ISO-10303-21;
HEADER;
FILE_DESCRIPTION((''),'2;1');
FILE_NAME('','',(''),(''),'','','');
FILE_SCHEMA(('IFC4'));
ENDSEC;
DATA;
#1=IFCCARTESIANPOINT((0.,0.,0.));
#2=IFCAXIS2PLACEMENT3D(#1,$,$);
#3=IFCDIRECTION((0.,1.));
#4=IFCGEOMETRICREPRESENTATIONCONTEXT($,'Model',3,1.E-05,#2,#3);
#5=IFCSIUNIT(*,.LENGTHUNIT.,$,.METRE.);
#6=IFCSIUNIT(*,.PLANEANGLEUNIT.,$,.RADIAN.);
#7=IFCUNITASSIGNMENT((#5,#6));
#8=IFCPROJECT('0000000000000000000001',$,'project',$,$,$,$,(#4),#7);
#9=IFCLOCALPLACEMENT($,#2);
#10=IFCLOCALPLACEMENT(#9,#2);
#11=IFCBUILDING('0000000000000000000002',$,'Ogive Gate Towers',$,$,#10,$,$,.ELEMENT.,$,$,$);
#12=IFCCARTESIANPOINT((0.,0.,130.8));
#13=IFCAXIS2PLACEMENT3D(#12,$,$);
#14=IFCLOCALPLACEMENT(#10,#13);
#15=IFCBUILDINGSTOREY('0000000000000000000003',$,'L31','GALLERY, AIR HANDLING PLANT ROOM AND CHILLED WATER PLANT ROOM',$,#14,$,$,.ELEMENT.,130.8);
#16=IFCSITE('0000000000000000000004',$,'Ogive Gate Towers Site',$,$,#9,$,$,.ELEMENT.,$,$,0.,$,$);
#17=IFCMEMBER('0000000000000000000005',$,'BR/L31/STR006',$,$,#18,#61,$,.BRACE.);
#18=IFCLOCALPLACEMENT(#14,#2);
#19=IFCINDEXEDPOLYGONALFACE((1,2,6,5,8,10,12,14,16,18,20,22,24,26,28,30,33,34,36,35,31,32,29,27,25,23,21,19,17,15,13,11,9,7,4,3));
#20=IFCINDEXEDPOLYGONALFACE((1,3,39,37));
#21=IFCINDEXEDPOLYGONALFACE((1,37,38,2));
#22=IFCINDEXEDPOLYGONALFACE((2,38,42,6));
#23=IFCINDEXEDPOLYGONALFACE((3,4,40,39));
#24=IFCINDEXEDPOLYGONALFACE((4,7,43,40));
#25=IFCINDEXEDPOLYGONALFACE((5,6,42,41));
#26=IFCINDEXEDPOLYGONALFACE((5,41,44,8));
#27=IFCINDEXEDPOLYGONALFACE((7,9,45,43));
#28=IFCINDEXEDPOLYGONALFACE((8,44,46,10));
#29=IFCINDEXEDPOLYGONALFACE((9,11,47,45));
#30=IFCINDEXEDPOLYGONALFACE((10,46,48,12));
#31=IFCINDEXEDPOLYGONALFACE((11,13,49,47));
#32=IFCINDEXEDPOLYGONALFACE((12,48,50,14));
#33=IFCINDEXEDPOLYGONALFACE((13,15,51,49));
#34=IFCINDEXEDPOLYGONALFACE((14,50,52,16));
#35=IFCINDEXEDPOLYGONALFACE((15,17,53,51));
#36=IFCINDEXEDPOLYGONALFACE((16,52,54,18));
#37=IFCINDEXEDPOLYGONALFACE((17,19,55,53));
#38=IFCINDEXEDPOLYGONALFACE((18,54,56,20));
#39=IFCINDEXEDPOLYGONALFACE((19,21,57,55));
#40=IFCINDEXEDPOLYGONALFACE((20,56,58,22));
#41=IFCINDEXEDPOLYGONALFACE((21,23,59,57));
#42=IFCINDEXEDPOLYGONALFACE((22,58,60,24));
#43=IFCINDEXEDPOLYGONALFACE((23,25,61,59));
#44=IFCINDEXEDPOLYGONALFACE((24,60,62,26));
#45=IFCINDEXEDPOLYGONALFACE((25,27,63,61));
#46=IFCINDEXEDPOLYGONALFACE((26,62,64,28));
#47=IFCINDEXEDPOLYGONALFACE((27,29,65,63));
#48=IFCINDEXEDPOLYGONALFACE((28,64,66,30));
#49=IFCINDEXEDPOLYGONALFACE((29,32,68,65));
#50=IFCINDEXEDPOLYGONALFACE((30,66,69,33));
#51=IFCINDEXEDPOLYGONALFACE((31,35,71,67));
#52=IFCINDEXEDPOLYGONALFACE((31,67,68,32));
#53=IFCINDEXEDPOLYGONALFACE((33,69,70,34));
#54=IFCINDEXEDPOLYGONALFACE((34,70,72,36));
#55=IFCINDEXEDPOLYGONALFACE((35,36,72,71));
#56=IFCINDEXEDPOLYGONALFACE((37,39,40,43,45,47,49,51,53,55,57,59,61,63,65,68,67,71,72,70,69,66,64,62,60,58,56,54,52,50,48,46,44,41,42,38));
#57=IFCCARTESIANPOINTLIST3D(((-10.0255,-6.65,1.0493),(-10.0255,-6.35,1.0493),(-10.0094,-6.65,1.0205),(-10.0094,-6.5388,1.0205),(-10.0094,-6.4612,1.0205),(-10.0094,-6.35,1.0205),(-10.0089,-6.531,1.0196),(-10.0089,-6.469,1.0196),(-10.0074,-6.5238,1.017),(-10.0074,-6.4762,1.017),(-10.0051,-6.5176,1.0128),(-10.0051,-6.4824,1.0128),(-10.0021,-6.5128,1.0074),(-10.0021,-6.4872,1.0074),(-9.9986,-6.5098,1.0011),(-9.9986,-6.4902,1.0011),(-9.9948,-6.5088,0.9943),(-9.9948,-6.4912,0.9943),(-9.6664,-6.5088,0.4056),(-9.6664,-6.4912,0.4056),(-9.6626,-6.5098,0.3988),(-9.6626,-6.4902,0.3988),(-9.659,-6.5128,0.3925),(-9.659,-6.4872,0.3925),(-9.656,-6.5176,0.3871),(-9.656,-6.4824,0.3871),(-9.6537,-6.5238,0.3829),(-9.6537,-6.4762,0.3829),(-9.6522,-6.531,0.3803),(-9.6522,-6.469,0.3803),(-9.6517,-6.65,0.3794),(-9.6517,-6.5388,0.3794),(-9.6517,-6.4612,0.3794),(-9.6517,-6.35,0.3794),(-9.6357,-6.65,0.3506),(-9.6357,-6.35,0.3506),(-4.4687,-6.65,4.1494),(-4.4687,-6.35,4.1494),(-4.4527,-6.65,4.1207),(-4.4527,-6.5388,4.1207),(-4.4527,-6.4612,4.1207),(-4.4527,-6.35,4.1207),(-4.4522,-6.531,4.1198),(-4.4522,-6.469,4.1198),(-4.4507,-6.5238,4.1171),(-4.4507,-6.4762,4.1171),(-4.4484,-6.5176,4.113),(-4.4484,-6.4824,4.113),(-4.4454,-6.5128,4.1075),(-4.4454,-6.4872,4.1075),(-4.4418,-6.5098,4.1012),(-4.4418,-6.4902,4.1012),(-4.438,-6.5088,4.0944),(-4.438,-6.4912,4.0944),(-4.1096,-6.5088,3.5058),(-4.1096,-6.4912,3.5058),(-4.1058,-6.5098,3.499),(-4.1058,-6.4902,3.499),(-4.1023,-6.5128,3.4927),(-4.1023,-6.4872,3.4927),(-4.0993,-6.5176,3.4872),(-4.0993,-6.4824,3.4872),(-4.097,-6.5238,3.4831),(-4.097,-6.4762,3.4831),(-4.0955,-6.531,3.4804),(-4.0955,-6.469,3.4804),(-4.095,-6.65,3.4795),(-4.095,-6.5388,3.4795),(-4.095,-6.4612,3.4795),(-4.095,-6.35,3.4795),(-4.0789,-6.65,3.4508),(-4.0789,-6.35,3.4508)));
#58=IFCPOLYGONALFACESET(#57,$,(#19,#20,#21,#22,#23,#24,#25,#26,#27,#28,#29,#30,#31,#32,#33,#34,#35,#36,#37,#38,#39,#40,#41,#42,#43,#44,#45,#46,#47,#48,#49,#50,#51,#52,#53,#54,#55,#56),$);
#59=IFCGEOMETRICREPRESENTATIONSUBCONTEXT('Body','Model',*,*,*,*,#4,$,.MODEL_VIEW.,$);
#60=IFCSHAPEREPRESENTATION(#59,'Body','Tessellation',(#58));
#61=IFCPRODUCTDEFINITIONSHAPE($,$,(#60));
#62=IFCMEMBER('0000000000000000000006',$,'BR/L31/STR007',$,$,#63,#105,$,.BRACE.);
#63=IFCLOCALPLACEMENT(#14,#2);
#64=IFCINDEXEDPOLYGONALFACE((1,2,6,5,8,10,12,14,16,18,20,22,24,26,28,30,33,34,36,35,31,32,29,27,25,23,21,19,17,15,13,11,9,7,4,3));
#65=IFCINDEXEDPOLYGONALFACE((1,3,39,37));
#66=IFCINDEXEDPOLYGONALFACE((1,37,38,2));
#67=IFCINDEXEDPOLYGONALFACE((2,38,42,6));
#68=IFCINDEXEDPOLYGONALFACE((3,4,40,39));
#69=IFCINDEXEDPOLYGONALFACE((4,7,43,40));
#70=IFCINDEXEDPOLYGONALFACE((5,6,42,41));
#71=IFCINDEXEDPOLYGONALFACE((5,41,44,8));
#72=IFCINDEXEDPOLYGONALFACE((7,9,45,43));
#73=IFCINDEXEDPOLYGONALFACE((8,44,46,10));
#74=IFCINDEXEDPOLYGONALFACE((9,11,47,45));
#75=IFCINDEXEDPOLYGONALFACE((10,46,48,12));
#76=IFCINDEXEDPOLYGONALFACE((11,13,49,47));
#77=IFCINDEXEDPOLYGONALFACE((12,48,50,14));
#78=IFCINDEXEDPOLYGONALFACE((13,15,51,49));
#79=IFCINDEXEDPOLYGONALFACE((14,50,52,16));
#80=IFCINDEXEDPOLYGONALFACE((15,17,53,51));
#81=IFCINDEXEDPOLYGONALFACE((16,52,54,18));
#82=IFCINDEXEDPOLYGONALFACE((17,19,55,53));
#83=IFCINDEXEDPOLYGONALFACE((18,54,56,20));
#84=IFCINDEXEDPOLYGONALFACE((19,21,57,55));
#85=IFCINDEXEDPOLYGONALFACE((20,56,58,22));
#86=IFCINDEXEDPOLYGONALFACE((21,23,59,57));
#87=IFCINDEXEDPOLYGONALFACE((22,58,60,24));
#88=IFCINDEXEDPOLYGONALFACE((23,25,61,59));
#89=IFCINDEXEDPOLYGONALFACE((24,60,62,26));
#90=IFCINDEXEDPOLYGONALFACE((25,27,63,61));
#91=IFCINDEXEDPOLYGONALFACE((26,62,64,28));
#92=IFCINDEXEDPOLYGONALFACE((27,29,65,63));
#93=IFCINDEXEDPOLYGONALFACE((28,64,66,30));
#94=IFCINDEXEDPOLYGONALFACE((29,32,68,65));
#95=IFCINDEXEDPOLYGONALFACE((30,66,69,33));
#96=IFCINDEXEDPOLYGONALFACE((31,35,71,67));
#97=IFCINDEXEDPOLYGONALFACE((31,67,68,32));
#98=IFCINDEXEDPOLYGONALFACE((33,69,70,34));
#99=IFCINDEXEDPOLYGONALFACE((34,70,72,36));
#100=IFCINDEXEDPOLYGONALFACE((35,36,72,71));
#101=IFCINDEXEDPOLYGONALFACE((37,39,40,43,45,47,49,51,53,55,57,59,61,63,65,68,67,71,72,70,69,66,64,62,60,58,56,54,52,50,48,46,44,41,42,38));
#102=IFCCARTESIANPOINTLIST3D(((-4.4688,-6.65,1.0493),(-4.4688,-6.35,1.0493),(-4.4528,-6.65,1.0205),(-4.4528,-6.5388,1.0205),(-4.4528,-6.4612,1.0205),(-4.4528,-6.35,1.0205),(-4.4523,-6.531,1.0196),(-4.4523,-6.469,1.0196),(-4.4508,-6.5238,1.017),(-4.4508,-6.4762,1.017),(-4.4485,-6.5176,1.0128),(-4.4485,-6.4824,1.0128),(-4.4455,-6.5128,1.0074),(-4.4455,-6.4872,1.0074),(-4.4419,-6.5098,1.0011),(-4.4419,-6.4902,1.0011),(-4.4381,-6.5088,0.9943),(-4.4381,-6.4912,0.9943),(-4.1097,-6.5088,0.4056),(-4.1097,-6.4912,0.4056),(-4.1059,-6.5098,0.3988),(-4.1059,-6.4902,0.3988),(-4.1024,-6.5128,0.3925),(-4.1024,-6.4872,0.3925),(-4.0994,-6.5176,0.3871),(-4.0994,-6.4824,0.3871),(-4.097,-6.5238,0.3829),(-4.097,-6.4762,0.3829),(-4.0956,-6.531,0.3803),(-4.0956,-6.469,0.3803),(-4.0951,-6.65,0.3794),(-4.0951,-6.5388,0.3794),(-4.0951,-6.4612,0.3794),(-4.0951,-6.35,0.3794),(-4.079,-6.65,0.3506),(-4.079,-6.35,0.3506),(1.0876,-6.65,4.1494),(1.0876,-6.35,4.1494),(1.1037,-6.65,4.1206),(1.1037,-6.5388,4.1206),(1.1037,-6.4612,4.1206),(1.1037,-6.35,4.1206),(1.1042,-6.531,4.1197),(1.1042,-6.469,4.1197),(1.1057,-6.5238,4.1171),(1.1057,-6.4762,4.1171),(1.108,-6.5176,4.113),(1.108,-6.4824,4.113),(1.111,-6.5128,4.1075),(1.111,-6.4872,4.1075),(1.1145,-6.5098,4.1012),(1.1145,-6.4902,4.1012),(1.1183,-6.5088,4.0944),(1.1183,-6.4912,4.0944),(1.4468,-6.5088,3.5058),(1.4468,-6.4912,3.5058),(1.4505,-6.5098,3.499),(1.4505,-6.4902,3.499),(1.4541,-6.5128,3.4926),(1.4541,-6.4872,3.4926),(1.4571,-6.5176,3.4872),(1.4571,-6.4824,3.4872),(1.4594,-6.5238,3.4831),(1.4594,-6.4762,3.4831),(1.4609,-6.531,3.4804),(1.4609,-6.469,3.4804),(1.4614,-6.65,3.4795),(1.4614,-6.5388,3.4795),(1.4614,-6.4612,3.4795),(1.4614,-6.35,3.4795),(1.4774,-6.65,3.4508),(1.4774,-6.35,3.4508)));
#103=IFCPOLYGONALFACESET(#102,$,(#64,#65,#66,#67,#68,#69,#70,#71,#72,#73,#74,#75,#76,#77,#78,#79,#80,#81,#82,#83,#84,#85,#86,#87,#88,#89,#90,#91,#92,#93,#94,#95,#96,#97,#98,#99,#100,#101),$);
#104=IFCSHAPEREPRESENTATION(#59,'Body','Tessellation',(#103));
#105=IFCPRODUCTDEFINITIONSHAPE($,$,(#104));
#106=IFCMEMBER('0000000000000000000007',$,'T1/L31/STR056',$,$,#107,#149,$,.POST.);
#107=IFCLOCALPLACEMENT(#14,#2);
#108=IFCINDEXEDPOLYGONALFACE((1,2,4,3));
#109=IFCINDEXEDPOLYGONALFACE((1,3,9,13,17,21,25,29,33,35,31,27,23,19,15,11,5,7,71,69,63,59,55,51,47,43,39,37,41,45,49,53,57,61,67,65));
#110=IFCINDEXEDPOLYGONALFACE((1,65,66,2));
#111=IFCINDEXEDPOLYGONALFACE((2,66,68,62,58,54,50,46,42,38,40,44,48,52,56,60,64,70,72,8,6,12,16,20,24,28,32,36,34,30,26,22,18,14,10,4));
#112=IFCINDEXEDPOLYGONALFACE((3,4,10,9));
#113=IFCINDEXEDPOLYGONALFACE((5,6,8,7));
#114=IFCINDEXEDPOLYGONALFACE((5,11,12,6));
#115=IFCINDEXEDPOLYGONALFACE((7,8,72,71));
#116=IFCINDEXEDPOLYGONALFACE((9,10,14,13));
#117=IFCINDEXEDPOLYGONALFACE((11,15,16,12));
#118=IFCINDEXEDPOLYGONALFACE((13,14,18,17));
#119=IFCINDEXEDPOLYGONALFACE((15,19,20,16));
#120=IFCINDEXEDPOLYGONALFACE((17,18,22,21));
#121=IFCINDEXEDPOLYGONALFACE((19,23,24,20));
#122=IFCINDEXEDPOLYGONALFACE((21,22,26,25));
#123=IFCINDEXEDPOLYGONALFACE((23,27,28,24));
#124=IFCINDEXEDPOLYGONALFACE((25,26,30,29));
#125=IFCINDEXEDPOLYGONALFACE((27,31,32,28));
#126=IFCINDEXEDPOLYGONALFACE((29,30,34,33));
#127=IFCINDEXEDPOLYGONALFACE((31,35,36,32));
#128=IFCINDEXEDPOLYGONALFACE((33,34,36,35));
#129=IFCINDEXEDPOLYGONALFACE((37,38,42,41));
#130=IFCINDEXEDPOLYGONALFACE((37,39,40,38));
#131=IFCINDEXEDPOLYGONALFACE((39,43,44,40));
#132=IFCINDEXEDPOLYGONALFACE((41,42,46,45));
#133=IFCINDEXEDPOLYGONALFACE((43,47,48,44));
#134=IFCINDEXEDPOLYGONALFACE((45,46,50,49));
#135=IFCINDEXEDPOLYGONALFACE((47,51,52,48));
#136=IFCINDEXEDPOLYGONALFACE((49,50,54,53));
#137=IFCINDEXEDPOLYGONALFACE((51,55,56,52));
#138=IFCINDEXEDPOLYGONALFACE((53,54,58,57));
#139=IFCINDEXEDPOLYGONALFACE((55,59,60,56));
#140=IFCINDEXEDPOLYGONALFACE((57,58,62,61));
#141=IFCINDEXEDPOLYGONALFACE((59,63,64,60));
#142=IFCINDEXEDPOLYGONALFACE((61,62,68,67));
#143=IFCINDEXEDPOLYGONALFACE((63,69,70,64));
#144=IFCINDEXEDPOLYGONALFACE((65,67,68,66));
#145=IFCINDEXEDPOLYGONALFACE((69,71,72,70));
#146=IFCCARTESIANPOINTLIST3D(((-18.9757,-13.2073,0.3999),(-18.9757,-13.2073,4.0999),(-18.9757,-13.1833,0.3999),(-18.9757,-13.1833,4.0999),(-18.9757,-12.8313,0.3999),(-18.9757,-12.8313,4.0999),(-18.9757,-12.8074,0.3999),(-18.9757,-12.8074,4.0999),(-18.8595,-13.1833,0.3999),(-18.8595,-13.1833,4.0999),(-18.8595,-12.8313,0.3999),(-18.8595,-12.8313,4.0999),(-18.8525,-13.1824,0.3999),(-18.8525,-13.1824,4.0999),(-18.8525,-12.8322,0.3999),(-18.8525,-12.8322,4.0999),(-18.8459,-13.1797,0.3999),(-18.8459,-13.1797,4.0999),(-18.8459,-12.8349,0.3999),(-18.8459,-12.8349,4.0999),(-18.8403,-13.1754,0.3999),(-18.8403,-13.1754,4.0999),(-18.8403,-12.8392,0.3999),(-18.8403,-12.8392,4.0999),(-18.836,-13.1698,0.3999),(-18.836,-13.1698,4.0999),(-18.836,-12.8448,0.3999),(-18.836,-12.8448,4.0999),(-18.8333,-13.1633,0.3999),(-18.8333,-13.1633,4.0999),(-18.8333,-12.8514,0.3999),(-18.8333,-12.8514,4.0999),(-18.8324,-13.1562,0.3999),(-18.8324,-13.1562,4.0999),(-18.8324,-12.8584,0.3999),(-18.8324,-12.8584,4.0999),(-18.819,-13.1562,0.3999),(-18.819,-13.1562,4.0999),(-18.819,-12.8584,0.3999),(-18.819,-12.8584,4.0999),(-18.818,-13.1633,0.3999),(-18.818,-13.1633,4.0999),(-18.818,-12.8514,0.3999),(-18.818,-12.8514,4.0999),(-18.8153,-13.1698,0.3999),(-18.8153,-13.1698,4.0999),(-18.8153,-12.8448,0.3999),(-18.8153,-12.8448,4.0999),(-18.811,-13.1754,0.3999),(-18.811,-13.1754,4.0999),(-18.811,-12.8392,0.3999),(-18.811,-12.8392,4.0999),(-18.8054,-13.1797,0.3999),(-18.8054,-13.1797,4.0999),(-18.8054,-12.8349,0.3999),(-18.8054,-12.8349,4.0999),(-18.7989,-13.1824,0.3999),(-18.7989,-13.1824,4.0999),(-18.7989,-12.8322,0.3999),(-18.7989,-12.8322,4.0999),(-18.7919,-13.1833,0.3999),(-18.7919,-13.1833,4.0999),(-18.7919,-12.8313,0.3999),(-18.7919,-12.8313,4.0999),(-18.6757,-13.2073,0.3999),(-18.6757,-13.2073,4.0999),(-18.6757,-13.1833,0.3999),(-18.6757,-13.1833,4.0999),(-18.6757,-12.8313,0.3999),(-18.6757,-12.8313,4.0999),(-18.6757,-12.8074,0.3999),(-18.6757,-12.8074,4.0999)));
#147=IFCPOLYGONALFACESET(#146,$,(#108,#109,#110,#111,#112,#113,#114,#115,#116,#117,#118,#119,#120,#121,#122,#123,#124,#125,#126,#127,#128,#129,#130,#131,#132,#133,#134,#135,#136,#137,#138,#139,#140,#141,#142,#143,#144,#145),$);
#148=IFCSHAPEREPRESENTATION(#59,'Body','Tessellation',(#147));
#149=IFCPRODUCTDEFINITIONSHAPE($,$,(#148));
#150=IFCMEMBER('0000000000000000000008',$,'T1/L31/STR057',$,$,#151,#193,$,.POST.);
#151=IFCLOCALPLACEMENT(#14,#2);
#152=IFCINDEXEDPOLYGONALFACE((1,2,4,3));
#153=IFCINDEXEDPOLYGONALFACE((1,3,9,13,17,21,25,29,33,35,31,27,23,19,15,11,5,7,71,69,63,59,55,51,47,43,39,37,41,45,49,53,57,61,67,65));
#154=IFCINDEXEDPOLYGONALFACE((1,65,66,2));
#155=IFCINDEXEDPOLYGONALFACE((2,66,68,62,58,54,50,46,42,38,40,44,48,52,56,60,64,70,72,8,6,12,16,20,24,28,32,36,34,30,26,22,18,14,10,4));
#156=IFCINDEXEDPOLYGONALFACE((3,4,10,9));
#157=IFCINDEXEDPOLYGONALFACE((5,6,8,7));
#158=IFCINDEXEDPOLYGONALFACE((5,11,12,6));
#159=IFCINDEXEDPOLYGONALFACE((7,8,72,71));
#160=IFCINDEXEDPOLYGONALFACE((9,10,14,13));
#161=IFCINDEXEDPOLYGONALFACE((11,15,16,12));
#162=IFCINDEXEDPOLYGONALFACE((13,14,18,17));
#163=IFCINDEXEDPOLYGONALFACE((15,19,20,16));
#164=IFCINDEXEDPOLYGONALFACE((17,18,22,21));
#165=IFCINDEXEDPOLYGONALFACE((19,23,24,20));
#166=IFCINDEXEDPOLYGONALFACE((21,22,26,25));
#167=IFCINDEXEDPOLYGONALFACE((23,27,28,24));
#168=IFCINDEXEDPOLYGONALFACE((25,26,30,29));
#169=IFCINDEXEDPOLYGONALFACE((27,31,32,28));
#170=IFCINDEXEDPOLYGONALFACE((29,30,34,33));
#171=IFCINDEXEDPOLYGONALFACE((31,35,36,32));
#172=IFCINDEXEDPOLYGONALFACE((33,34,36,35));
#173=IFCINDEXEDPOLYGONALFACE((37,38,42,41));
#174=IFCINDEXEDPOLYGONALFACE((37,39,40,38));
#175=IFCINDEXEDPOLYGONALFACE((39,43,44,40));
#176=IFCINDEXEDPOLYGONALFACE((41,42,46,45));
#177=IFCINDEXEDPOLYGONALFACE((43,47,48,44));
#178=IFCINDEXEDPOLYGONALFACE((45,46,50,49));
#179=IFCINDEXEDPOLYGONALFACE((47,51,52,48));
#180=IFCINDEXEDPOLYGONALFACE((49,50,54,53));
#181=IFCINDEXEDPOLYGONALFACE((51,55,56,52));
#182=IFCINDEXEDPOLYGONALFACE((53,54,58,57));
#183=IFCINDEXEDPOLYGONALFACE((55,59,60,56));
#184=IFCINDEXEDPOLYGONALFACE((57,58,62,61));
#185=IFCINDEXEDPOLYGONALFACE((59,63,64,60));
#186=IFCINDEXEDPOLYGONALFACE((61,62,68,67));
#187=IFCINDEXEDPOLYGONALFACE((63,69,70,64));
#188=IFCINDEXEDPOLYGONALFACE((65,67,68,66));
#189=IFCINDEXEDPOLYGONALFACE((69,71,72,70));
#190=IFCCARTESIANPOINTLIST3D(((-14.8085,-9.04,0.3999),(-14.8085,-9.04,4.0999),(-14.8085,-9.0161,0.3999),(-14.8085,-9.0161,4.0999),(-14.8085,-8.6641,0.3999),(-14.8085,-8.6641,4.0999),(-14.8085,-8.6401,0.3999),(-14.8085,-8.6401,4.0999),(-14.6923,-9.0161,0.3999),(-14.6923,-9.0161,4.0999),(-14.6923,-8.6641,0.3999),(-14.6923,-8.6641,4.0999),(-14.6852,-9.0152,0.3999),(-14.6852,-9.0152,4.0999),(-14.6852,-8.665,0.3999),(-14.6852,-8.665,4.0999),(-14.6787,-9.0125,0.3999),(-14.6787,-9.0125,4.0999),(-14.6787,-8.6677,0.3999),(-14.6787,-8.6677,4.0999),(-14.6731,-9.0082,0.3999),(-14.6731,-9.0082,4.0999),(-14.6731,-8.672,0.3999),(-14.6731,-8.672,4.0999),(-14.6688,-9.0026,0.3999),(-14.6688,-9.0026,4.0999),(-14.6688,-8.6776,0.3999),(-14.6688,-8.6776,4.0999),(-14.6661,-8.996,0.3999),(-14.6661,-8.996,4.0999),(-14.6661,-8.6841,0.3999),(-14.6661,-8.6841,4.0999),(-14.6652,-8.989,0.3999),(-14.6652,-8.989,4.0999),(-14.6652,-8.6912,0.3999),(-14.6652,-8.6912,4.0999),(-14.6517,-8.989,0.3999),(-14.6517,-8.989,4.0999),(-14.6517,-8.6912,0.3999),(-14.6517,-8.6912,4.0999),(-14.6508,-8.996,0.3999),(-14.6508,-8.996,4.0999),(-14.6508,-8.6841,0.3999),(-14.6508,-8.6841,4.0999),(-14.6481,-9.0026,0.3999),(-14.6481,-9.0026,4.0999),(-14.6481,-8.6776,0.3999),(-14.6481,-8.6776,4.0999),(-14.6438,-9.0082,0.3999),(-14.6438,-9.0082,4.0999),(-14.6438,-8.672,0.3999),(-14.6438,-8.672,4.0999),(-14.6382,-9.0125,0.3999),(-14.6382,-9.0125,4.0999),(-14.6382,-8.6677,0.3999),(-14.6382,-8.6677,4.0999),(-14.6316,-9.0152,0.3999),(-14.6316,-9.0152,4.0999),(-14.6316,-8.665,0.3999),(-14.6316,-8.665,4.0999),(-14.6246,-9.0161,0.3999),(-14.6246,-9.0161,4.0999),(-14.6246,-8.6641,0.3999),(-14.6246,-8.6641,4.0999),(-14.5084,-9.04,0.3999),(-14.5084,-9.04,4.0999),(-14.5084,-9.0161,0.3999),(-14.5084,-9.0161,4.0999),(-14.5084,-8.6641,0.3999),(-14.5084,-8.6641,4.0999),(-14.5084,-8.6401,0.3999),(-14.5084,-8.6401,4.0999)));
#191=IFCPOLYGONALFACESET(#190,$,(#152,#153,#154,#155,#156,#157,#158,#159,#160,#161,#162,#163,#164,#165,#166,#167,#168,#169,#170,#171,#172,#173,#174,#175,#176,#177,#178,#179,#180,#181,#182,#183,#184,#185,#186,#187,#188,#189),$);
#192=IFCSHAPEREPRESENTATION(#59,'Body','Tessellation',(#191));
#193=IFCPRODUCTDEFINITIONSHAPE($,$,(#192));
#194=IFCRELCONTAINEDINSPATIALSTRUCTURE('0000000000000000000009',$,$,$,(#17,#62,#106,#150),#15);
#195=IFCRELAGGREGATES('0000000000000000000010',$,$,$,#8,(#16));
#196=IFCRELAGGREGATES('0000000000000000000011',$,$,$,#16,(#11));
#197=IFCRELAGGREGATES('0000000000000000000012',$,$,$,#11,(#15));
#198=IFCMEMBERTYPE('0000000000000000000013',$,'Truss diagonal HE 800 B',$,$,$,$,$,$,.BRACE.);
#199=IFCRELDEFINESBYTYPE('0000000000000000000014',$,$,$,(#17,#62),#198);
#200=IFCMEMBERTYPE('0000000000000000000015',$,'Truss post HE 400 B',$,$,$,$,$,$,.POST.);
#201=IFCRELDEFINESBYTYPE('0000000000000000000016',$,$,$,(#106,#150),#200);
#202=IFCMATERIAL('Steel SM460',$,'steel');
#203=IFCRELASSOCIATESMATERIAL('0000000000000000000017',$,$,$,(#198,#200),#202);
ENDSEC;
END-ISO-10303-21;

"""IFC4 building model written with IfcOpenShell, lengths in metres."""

from ifc_helpers import new_model, si_unit, direction, frame, origin, origin_2d, place, context, subcontext, project, spatial, i_section, extrude, material, material_profile, profile_set, type_object, element, save


model = new_model("IFC4")

# Units and contexts
model_context = context("Model", 3, precision=1e-05, world=origin(), true_north=direction((0.0, 1.0)))
body_context = subcontext(model_context, "Body", "Model", "MODEL_VIEW")
ifc_project = project(units=[si_unit("LENGTHUNIT", "METRE"), si_unit("PLANEANGLEUNIT", "RADIAN")], contexts=[model_context])

# Site, building, storey
site_placement = place(None, origin())
site = spatial("IfcSite", under=ifc_project, at=site_placement, Name="Ogive Gate Towers Site", CompositionType="ELEMENT", RefElevation=0.0)
building_placement = place(site_placement, origin())
building = spatial("IfcBuilding", under=site, at=building_placement, Name="Ogive Gate Towers", CompositionType="ELEMENT")
storey_placement = place(building_placement, frame((0.0, 0.0, 130.8)))
storey = spatial("IfcBuildingStorey", under=building, at=storey_placement, Name="L31", Description="GALLERY, AIR HANDLING PLANT ROOM AND CHILLED WATER PLANT ROOM", CompositionType="ELEMENT", Elevation=130.8)

# Shared definitions
ifc_material_1 = material(Name="Steel SM460", Category="steel")

# Members
ifc_material_profile_1 = material_profile(ifc_material_1, i_section(OverallWidth=0.3, OverallDepth=0.8, WebThickness=0.0176, FlangeThickness=0.033, FilletRadius=0.03, at=origin_2d()), Name="HE 800 B")
ifc_profile_set_1 = profile_set([ifc_material_profile_1], Name="Steel SM460")
member_type_1 = type_object("IfcMemberType", Name="Truss diagonal HE 800 B", PredefinedType="BRACE", material=ifc_profile_set_1)
member_1_placement = place(storey_placement, frame((-9.8306, -6.5, 0.7), z_axis=(0.873284, 0.0, 0.487212), x_axis=(0.0, 1.0, 0.0)))
element("IfcMember", 1, at=member_1_placement, inside=storey, type_object=member_type_1, Name="BR/L31/STR006", PredefinedType="BRACE", context=body_context, shape_type="SweptSolid", body=[
    extrude(i_section(OverallWidth=0.3, OverallDepth=0.8, WebThickness=0.0176, FlangeThickness=0.033, FilletRadius=0.03, at=origin_2d()), origin(), (0.0, 0.0, 1.0), 6.363),
])
member_2_placement = place(storey_placement, frame((-4.2739, -6.5, 0.7), z_axis=(0.873274, 0.0, 0.487229), x_axis=(0.0, 1.0, 0.0)))
element("IfcMember", 2, at=member_2_placement, inside=storey, type_object=member_type_1, Name="BR/L31/STR007", PredefinedType="BRACE", context=body_context, shape_type="SweptSolid", body=[
    extrude(i_section(OverallWidth=0.3, OverallDepth=0.8, WebThickness=0.0176, FlangeThickness=0.033, FilletRadius=0.03, at=origin_2d()), origin(), (0.0, 0.0, 1.0), 6.3628),
])
ifc_material_profile_2 = material_profile(ifc_material_1, i_section(OverallWidth=0.3, OverallDepth=0.3999, WebThickness=0.0134, FlangeThickness=0.0239, FilletRadius=0.0271, at=origin_2d()), Name="HE 400 B")
ifc_profile_set_2 = profile_set([ifc_material_profile_2], Name="Steel SM460")
member_type_2 = type_object("IfcMemberType", Name="Truss post HE 400 B", PredefinedType="POST", material=ifc_profile_set_2)
for number, where, z_axis, x_axis, name in (
    (3, (-18.8257, -13.0073, 0.3999), (0.0, 0.0, 1.0), (1.0, 0.0, 0.0), "T1/L31/STR056"),
    (4, (-14.6584, -8.8401, 0.3999), (0.0, 0.0, 1.0), (1.0, 0.0, 0.0), "T1/L31/STR057"),
):
    element("IfcMember", number, at=place(storey_placement, frame(where, z_axis=z_axis, x_axis=x_axis)), inside=storey, type_object=member_type_2, Name=name, PredefinedType="POST", context=body_context, shape_type="SweptSolid", body=[
        extrude(i_section(OverallWidth=0.3, OverallDepth=0.3999, WebThickness=0.0134, FlangeThickness=0.0239, FilletRadius=0.0271, at=origin_2d()), origin(), (0.0, 0.0, 1.0), 3.7),
    ])

save(model, "model.ifc")
